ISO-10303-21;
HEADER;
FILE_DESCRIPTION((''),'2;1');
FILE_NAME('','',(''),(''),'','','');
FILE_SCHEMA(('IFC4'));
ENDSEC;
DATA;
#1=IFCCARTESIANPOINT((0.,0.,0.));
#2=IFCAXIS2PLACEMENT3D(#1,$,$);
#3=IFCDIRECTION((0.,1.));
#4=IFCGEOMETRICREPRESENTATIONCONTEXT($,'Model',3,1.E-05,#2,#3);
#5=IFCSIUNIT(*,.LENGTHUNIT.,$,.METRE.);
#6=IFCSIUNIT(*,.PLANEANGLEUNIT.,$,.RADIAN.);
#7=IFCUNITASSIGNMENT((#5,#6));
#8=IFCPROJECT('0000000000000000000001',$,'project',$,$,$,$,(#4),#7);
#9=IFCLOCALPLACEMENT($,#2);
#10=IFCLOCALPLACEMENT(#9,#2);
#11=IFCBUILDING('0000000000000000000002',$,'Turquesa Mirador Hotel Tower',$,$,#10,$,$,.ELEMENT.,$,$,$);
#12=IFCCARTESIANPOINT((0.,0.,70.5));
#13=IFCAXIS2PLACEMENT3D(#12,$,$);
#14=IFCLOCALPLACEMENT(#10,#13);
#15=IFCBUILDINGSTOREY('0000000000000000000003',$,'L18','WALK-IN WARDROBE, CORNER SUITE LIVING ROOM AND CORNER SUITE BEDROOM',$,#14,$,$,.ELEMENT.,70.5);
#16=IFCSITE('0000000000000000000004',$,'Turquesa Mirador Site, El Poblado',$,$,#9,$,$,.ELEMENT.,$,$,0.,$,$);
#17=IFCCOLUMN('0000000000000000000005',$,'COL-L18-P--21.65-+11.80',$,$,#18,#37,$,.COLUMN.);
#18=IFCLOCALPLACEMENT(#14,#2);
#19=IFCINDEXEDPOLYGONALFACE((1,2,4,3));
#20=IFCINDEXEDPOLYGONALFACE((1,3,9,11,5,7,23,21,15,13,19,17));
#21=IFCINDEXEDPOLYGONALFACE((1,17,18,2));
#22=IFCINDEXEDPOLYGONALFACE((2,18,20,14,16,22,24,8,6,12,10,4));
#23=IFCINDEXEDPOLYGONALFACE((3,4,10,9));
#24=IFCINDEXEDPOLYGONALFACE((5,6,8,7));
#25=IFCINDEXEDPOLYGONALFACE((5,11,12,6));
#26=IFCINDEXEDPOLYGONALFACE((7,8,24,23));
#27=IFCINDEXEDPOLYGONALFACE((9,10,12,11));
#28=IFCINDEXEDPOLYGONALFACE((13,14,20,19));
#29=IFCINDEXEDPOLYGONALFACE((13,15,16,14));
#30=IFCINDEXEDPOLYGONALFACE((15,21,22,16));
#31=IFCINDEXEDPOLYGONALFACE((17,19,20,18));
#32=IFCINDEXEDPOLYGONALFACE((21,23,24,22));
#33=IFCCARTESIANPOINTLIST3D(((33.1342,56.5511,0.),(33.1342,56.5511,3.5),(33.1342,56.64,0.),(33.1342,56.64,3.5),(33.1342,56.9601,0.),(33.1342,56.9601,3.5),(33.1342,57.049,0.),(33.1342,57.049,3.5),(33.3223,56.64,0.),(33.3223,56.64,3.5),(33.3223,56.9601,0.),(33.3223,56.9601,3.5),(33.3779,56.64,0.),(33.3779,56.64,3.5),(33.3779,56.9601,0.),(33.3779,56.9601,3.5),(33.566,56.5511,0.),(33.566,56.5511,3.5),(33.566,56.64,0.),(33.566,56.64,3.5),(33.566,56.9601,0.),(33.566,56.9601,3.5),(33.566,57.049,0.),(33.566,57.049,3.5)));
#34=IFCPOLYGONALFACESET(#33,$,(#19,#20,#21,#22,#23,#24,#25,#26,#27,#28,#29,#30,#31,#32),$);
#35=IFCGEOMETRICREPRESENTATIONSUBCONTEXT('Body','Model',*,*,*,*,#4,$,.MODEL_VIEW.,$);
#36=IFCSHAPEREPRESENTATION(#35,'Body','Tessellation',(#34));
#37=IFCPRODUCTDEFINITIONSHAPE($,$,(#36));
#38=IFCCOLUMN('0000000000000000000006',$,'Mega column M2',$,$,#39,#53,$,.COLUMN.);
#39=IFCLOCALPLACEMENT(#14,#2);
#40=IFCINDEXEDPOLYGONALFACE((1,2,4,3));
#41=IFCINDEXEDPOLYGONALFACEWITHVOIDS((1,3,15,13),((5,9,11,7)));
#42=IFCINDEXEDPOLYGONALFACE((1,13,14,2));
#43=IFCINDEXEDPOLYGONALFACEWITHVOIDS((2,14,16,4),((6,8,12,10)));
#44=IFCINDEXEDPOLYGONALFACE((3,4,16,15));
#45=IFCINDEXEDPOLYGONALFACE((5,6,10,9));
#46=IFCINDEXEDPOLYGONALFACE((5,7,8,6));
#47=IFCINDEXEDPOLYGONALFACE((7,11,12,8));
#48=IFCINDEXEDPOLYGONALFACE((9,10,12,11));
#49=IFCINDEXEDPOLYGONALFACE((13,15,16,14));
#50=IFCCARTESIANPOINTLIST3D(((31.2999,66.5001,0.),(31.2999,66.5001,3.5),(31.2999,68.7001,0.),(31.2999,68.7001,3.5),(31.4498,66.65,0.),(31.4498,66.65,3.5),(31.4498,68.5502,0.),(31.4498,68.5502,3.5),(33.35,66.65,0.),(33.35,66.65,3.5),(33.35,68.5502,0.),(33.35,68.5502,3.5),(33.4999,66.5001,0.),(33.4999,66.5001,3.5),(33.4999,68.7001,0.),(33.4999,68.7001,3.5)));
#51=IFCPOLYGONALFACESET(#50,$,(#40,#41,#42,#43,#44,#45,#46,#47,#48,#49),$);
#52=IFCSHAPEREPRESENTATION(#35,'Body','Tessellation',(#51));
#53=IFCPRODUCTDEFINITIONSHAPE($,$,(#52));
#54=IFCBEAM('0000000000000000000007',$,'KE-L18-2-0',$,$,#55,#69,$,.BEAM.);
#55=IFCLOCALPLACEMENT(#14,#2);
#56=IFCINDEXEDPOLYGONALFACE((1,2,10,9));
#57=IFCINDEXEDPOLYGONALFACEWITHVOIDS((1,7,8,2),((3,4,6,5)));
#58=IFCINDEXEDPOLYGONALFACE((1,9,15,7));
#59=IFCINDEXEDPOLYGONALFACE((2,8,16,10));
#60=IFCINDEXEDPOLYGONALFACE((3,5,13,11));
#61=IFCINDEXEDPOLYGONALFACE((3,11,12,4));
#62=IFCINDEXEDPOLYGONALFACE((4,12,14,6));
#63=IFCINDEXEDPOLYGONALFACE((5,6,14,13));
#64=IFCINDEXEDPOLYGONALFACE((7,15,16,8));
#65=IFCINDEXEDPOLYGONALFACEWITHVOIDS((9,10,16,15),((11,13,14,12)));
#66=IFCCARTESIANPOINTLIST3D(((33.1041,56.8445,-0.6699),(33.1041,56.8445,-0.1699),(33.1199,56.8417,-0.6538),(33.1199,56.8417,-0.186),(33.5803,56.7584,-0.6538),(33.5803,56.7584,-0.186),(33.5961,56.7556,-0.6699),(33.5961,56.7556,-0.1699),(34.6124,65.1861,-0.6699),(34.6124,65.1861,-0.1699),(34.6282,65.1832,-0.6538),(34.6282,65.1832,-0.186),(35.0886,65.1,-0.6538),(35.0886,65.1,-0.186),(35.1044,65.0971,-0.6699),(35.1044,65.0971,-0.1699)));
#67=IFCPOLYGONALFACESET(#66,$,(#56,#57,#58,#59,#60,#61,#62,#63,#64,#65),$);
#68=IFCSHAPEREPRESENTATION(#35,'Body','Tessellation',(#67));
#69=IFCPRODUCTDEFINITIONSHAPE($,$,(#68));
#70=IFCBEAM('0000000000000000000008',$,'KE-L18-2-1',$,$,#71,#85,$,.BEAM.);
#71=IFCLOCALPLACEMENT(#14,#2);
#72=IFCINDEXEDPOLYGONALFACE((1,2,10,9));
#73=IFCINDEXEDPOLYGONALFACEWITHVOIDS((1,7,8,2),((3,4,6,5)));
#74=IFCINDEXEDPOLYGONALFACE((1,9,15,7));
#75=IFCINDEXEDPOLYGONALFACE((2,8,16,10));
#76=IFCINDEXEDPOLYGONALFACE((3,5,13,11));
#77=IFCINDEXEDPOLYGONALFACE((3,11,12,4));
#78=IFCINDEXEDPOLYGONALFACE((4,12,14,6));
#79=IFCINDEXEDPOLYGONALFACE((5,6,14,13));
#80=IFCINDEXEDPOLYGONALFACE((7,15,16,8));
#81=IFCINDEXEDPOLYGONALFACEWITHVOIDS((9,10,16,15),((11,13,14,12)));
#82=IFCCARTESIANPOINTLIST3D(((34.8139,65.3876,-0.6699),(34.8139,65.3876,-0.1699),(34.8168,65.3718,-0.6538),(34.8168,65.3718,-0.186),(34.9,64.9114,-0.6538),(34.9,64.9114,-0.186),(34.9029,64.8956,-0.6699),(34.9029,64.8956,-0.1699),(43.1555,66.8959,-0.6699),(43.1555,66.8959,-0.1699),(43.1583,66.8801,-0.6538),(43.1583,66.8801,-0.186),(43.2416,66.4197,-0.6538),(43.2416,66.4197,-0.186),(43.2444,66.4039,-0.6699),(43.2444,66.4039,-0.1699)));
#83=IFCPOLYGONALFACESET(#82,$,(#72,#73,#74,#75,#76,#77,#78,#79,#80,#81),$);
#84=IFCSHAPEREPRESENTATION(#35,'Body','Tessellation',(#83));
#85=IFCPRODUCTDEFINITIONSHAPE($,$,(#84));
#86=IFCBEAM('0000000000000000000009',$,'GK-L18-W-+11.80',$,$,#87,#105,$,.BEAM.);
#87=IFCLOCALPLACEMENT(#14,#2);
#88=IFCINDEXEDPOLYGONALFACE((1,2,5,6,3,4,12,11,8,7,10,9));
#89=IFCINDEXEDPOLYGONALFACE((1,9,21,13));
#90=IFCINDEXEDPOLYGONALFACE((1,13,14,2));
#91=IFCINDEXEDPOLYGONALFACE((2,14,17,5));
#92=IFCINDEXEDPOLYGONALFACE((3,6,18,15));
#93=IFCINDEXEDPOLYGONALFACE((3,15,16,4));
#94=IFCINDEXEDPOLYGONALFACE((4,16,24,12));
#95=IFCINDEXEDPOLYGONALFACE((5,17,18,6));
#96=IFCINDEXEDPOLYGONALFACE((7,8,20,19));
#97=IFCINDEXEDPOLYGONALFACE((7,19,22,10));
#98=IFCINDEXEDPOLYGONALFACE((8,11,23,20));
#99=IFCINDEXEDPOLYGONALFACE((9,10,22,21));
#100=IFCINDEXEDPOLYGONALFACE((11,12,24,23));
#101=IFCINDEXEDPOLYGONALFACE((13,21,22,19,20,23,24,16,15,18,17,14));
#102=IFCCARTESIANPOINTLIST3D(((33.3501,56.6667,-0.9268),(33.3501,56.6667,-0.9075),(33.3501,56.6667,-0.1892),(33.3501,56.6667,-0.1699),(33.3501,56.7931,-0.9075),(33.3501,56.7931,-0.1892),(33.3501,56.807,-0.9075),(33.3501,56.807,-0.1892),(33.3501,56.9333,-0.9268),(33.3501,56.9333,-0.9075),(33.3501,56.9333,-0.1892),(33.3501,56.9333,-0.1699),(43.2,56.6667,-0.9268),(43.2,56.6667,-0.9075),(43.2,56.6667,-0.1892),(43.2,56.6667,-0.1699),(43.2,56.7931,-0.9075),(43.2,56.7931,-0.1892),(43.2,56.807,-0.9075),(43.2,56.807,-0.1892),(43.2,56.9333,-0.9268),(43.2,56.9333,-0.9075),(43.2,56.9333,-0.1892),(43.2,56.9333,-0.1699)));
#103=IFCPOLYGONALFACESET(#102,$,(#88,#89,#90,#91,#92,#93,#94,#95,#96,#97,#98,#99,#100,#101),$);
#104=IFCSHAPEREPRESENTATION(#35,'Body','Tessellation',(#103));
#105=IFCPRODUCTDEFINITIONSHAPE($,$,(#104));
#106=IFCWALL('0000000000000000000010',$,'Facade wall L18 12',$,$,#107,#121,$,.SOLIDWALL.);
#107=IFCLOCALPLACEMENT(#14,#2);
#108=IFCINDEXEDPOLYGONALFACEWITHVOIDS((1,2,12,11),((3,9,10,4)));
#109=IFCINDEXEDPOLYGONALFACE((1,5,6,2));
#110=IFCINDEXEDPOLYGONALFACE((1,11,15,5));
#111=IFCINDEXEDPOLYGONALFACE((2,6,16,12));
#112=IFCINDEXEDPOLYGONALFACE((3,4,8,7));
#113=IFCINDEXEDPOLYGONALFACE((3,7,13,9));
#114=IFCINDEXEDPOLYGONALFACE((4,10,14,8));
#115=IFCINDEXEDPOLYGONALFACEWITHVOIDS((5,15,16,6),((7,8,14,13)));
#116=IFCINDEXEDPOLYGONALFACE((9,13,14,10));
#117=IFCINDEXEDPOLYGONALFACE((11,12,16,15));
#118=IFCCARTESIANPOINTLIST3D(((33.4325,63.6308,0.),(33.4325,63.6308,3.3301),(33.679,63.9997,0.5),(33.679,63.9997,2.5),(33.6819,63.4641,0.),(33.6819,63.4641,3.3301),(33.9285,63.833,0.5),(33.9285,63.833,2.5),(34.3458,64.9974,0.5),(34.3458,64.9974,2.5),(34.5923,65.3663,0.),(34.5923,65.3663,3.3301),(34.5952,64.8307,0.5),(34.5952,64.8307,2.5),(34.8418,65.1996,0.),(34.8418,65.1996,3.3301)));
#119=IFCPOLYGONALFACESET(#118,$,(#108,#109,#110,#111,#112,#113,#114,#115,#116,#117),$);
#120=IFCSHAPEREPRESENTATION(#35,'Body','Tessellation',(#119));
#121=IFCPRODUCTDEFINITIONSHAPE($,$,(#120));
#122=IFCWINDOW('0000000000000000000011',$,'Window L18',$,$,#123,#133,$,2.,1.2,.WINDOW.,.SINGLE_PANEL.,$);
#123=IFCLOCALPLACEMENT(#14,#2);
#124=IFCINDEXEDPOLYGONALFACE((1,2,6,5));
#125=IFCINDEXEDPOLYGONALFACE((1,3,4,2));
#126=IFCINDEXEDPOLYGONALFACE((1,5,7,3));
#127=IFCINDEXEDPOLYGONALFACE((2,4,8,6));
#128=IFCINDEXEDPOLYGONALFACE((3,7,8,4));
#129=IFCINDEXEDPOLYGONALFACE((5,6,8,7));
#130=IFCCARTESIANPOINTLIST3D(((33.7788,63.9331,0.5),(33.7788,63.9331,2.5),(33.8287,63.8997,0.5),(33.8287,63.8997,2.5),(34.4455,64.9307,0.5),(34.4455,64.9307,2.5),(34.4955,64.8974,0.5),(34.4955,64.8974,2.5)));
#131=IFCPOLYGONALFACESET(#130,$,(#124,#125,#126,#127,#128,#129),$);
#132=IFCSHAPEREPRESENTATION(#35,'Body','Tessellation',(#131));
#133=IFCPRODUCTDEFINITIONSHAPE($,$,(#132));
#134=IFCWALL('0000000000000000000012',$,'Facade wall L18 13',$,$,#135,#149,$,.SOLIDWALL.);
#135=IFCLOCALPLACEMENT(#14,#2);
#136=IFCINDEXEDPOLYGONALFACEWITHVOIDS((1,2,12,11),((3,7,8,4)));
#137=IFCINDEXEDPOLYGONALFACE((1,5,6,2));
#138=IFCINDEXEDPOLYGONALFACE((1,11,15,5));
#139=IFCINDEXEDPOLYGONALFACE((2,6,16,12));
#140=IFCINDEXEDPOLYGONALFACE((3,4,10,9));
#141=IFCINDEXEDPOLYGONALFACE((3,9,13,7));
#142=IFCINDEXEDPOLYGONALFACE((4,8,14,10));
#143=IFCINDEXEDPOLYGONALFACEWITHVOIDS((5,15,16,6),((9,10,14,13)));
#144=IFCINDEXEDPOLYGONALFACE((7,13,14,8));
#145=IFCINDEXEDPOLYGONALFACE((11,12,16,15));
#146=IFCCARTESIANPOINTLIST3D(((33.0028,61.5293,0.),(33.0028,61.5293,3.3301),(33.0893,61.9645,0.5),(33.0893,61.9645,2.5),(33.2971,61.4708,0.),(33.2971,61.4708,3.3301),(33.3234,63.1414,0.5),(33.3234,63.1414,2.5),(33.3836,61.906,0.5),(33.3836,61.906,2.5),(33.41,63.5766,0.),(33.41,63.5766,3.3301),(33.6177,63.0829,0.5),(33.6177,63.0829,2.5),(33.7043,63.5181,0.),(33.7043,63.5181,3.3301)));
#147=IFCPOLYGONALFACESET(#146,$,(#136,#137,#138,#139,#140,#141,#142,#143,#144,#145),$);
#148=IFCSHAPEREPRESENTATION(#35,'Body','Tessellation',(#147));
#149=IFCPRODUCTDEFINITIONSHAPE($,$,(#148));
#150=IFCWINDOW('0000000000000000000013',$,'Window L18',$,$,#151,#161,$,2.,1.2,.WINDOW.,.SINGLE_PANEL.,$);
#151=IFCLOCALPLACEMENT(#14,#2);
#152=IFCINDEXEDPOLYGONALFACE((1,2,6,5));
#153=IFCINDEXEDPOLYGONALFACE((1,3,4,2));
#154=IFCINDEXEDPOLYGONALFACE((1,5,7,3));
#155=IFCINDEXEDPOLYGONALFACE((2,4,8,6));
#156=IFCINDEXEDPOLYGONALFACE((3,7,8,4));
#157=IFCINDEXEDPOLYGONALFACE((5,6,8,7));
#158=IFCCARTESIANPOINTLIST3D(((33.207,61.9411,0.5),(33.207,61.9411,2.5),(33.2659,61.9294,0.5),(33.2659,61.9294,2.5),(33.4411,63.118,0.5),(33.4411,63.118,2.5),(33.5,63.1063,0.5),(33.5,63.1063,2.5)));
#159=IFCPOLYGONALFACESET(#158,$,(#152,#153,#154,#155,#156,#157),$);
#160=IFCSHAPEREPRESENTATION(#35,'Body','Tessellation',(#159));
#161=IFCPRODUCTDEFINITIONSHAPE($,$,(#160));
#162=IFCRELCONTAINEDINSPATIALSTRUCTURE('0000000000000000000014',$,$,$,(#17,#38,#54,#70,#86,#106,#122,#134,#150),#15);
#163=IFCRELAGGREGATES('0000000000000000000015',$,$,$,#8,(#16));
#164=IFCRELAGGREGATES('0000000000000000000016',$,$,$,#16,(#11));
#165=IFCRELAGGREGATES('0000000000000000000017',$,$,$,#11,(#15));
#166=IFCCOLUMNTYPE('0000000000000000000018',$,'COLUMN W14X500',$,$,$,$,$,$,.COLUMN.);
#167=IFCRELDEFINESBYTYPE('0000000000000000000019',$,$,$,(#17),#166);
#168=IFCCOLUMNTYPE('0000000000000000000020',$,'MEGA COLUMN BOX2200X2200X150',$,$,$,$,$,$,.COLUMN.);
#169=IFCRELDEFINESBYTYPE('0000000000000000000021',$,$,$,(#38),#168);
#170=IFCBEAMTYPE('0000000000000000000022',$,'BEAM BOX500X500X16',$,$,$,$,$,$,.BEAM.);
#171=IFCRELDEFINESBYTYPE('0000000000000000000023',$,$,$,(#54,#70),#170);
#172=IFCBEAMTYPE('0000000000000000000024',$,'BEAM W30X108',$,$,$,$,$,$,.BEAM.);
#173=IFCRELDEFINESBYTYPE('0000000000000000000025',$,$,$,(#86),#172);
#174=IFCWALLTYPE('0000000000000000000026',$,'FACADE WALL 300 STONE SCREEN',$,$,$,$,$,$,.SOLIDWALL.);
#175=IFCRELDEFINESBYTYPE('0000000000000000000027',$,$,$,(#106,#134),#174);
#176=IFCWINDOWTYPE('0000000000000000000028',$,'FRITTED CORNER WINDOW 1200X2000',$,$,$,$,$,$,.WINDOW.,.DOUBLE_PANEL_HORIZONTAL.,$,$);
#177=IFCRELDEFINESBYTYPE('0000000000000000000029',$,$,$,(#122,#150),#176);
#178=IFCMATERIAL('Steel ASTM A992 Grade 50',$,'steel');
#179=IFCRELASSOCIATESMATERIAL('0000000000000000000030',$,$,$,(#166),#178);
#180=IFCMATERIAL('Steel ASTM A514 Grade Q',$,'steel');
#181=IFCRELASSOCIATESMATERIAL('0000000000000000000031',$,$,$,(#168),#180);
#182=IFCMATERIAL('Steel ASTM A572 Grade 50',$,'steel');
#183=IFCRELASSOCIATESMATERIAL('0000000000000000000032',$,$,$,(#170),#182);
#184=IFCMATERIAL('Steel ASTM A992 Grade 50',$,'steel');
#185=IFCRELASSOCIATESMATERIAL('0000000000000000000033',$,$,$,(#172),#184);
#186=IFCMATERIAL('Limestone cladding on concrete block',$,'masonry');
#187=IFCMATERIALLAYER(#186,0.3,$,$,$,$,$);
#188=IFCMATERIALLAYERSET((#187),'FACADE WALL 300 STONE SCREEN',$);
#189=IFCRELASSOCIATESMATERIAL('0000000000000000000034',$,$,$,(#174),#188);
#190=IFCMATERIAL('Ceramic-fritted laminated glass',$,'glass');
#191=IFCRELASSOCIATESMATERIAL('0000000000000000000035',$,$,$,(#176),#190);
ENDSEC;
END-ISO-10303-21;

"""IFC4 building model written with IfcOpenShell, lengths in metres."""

from ifc_helpers import new_model, si_unit, direction, frame, frame_2d, origin, origin_2d, place, context, subcontext, project, spatial, rectangle, hollow_rectangle, i_section, extrude, material, layer, layer_set, material_profile, profile_set, type_object, element, fill, save


model = new_model("IFC4")

# Units and contexts
model_context = context("Model", 3, precision=1e-05, world=origin(), true_north=direction((0.0, 1.0)))
body_context = subcontext(model_context, "Body", "Model", "MODEL_VIEW")
ifc_project = project(units=[si_unit("LENGTHUNIT", "METRE"), si_unit("PLANEANGLEUNIT", "RADIAN")], contexts=[model_context])

# Site, building, storey
site_placement = place(None, origin())
site = spatial("IfcSite", under=ifc_project, at=site_placement, Name="Turquesa Mirador Site, El Poblado", CompositionType="ELEMENT", RefElevation=0.0)
building_placement = place(site_placement, origin())
building = spatial("IfcBuilding", under=site, at=building_placement, Name="Turquesa Mirador Hotel Tower", CompositionType="ELEMENT")
storey_placement = place(building_placement, frame((0.0, 0.0, 70.5)))
storey = spatial("IfcBuildingStorey", under=building, at=storey_placement, Name="L18", Description="WALK-IN WARDROBE, CORNER SUITE LIVING ROOM AND CORNER SUITE BEDROOM", CompositionType="ELEMENT", Elevation=70.5)

# Columns
ifc_material_1 = material(Name="Steel ASTM A992 Grade 50", Category="steel")
ifc_material_profile_1 = material_profile(ifc_material_1, i_section(OverallWidth=0.4319, OverallDepth=0.4978, WebThickness=0.0557, FlangeThickness=0.0889, at=origin_2d()), Name="W14X500")
ifc_profile_set_1 = profile_set([ifc_material_profile_1], Name="Steel ASTM A992 Grade 50")
column_type_1 = type_object("IfcColumnType", Name="COLUMN W14X500", PredefinedType="COLUMN", material=ifc_profile_set_1)
column_1_placement = place(storey_placement, frame((33.3501, 56.8, 0.0), z_axis=(0.0, 0.0, 1.0), x_axis=(1.0, 0.0, 0.0)))
element("IfcColumn", 1, at=column_1_placement, inside=storey, type_object=column_type_1, Name="COL-L18-P--21.65-+11.80", PredefinedType="COLUMN", context=body_context, shape_type="SweptSolid", body=[
    extrude(i_section(OverallWidth=0.4319, OverallDepth=0.4978, WebThickness=0.0557, FlangeThickness=0.0889, at=origin_2d()), origin(), (0.0, 0.0, 1.0), 3.5),
])
ifc_material_2 = material(Name="Steel ASTM A514 Grade Q", Category="steel")
ifc_material_profile_2 = material_profile(ifc_material_2, hollow_rectangle(XDim=2.2, YDim=2.2, WallThickness=0.1499, at=origin_2d()), Name="BOX2200X2200X150")
ifc_profile_set_2 = profile_set([ifc_material_profile_2], Name="Steel ASTM A514 Grade Q")
column_type_2 = type_object("IfcColumnType", Name="MEGA COLUMN BOX2200X2200X150", PredefinedType="COLUMN", material=ifc_profile_set_2)
column_2_placement = place(storey_placement, frame((32.3999, 67.6001, 0.0), z_axis=(0.0, 0.0, 1.0), x_axis=(1.0, 0.0, 0.0)))
element("IfcColumn", 2, at=column_2_placement, inside=storey, type_object=column_type_2, Name="Mega column M2", PredefinedType="COLUMN", context=body_context, shape_type="SweptSolid", body=[
    extrude(hollow_rectangle(XDim=2.2, YDim=2.2, WallThickness=0.1499, at=origin_2d()), origin(), (0.0, 0.0, 1.0), 3.5),
])

# Beams
ifc_material_3 = material(Name="Steel ASTM A572 Grade 50", Category="steel")
ifc_material_profile_3 = material_profile(ifc_material_3, hollow_rectangle(XDim=0.5, YDim=0.5, WallThickness=0.0161, at=origin_2d()), Name="BOX500X500X16")
ifc_profile_set_3 = profile_set([ifc_material_profile_3], Name="Steel ASTM A572 Grade 50")
beam_type_1 = type_object("IfcBeamType", Name="BEAM BOX500X500X16", PredefinedType="BEAM", material=ifc_profile_set_3)
for number, where, z_axis, x_axis, name in (
    (3, (33.3501, 56.8, -0.4199), (0.177932, 0.984043, 0.0), (-0.984043, 0.177932, 0.0), "KE-L18-2-0"),
    (4, (34.8584, 65.1416, -0.4199), (0.984043, 0.177932, 0.0), (-0.177932, 0.984043, 0.0), "KE-L18-2-1"),
):
    element("IfcBeam", number, at=place(storey_placement, frame(where, z_axis=z_axis, x_axis=x_axis)), inside=storey, type_object=beam_type_1, Name=name, PredefinedType="BEAM", context=body_context, shape_type="SweptSolid", body=[
        extrude(hollow_rectangle(XDim=0.5, YDim=0.5, WallThickness=0.0161, at=origin_2d()), origin(), (0.0, 0.0, 1.0), 8.4768),
    ])
ifc_material_4 = material(Name="Steel ASTM A992 Grade 50", Category="steel")
ifc_material_profile_4 = material_profile(ifc_material_4, i_section(OverallWidth=0.2666, OverallDepth=0.7568, WebThickness=0.0139, FlangeThickness=0.0193, at=origin_2d()), Name="W30X108")
ifc_profile_set_4 = profile_set([ifc_material_profile_4], Name="Steel ASTM A992 Grade 50")
beam_type_2 = type_object("IfcBeamType", Name="BEAM W30X108", PredefinedType="BEAM", material=ifc_profile_set_4)
beam_placement = place(storey_placement, frame((33.3501, 56.8, -0.5483), z_axis=(1.0, 0.0, 0.0), x_axis=(0.0, 1.0, 0.0)))
element("IfcBeam", 5, at=beam_placement, inside=storey, type_object=beam_type_2, Name="GK-L18-W-+11.80", PredefinedType="BEAM", context=body_context, shape_type="SweptSolid", body=[
    extrude(i_section(OverallWidth=0.2666, OverallDepth=0.7568, WebThickness=0.0139, FlangeThickness=0.0193, at=origin_2d()), origin(), (0.0, 0.0, 1.0), 9.8499),
])

# Walls, openings, windows
ifc_material_5 = material(Name="Limestone cladding on concrete block", Category="masonry")
ifc_layer = layer(ifc_material_5, 0.3)
ifc_layer_set = layer_set([ifc_layer], Name="FACADE WALL 300 STONE SCREEN")
wall_type = type_object("IfcWallType", Name="FACADE WALL 300 STONE SCREEN", PredefinedType="SOLIDWALL", material=ifc_layer_set)
wall_1_placement = place(storey_placement, frame((34.717, 65.283, 0.0), z_axis=(0.0, 0.0, 1.0), x_axis=(-0.555644, -0.83142, 0.0)))
wall_1 = element("IfcWall", 6, at=wall_1_placement, inside=storey, type_object=wall_type, Name="Facade wall L18 12", PredefinedType="SOLIDWALL", context=body_context, shape_type="SweptSolid", body=[
    extrude(rectangle(XDim=2.0874, YDim=0.3, at=frame_2d((1.0437, 0.0))), origin(), (0.0, 0.0, 1.0), 3.3301),
])
opening_1_placement = place(wall_1_placement, frame((0.4436, 0.0, 0.5)))
opening_1 = element("IfcOpeningElement", 7, at=opening_1_placement, cuts=wall_1, PredefinedType="OPENING", context=body_context, shape_type="SweptSolid", body=[
    extrude(rectangle(XDim=1.2, YDim=2.0, at=frame_2d((0.6001, 1.0))), frame((0.0, 0.1599, 0.0), z_axis=(0.0, -1.0, 0.0), x_axis=(1.0, 0.0, 0.0)), (0.0, 0.0, 1.0), 0.3201),
])
ifc_material_6 = material(Name="Ceramic-fritted laminated glass", Category="glass")
window_type_1 = type_object("IfcWindowType", Name="FRITTED CORNER WINDOW 1200X2000", PartitioningType="DOUBLE_PANEL_HORIZONTAL", PredefinedType="WINDOW", material=ifc_material_6)
window_1_placement = place(opening_1_placement, origin())
window_1 = element("IfcWindow", 8, at=window_1_placement, inside=storey, type_object=window_type_1, Name="Window L18", OverallHeight=2.0, OverallWidth=1.2, PartitioningType="SINGLE_PANEL", PredefinedType="WINDOW", context=body_context, shape_type="SweptSolid", body=[
    extrude(rectangle(XDim=1.2, YDim=2.0, at=frame_2d((0.6001, 1.0))), frame((0.0, 0.03, 0.0), z_axis=(0.0, -1.0, 0.0), x_axis=(1.0, 0.0, 0.0)), (0.0, 0.0, 1.0), 0.0601),
])
fill(opening_1, window_1)
wall_2_placement = place(storey_placement, frame((33.5571, 63.5474, 0.0), z_axis=(0.0, 0.0, 1.0), x_axis=(-0.195081, -0.980787, 0.0)))
wall_2 = element("IfcWall", 9, at=wall_2_placement, inside=storey, type_object=wall_type, Name="Facade wall L18 13", PredefinedType="SOLIDWALL", context=body_context, shape_type="SweptSolid", body=[
    extrude(rectangle(XDim=2.0874, YDim=0.3, at=frame_2d((1.0437, 0.0))), origin(), (0.0, 0.0, 1.0), 3.3301),
])
opening_2_placement = place(wall_2_placement, frame((0.4436, 0.0, 0.5)))
opening_2 = element("IfcOpeningElement", 10, at=opening_2_placement, cuts=wall_2, PredefinedType="OPENING", context=body_context, shape_type="SweptSolid", body=[
    extrude(rectangle(XDim=1.2, YDim=2.0, at=frame_2d((0.6001, 1.0))), frame((0.0, 0.1599, 0.0), z_axis=(0.0, -1.0, 0.0), x_axis=(1.0, 0.0, 0.0)), (0.0, 0.0, 1.0), 0.3201),
])
window_2_placement = place(opening_2_placement, origin())
window_2 = element("IfcWindow", 11, at=window_2_placement, inside=storey, type_object=window_type_1, Name="Window L18", OverallHeight=2.0, OverallWidth=1.2, PartitioningType="SINGLE_PANEL", PredefinedType="WINDOW", context=body_context, shape_type="SweptSolid", body=[
    extrude(rectangle(XDim=1.2, YDim=2.0, at=frame_2d((0.6001, 1.0))), frame((0.0, 0.03, 0.0), z_axis=(0.0, -1.0, 0.0), x_axis=(1.0, 0.0, 0.0)), (0.0, 0.0, 1.0), 0.0601),
])
fill(opening_2, window_2)

save(model, "model.ifc")
